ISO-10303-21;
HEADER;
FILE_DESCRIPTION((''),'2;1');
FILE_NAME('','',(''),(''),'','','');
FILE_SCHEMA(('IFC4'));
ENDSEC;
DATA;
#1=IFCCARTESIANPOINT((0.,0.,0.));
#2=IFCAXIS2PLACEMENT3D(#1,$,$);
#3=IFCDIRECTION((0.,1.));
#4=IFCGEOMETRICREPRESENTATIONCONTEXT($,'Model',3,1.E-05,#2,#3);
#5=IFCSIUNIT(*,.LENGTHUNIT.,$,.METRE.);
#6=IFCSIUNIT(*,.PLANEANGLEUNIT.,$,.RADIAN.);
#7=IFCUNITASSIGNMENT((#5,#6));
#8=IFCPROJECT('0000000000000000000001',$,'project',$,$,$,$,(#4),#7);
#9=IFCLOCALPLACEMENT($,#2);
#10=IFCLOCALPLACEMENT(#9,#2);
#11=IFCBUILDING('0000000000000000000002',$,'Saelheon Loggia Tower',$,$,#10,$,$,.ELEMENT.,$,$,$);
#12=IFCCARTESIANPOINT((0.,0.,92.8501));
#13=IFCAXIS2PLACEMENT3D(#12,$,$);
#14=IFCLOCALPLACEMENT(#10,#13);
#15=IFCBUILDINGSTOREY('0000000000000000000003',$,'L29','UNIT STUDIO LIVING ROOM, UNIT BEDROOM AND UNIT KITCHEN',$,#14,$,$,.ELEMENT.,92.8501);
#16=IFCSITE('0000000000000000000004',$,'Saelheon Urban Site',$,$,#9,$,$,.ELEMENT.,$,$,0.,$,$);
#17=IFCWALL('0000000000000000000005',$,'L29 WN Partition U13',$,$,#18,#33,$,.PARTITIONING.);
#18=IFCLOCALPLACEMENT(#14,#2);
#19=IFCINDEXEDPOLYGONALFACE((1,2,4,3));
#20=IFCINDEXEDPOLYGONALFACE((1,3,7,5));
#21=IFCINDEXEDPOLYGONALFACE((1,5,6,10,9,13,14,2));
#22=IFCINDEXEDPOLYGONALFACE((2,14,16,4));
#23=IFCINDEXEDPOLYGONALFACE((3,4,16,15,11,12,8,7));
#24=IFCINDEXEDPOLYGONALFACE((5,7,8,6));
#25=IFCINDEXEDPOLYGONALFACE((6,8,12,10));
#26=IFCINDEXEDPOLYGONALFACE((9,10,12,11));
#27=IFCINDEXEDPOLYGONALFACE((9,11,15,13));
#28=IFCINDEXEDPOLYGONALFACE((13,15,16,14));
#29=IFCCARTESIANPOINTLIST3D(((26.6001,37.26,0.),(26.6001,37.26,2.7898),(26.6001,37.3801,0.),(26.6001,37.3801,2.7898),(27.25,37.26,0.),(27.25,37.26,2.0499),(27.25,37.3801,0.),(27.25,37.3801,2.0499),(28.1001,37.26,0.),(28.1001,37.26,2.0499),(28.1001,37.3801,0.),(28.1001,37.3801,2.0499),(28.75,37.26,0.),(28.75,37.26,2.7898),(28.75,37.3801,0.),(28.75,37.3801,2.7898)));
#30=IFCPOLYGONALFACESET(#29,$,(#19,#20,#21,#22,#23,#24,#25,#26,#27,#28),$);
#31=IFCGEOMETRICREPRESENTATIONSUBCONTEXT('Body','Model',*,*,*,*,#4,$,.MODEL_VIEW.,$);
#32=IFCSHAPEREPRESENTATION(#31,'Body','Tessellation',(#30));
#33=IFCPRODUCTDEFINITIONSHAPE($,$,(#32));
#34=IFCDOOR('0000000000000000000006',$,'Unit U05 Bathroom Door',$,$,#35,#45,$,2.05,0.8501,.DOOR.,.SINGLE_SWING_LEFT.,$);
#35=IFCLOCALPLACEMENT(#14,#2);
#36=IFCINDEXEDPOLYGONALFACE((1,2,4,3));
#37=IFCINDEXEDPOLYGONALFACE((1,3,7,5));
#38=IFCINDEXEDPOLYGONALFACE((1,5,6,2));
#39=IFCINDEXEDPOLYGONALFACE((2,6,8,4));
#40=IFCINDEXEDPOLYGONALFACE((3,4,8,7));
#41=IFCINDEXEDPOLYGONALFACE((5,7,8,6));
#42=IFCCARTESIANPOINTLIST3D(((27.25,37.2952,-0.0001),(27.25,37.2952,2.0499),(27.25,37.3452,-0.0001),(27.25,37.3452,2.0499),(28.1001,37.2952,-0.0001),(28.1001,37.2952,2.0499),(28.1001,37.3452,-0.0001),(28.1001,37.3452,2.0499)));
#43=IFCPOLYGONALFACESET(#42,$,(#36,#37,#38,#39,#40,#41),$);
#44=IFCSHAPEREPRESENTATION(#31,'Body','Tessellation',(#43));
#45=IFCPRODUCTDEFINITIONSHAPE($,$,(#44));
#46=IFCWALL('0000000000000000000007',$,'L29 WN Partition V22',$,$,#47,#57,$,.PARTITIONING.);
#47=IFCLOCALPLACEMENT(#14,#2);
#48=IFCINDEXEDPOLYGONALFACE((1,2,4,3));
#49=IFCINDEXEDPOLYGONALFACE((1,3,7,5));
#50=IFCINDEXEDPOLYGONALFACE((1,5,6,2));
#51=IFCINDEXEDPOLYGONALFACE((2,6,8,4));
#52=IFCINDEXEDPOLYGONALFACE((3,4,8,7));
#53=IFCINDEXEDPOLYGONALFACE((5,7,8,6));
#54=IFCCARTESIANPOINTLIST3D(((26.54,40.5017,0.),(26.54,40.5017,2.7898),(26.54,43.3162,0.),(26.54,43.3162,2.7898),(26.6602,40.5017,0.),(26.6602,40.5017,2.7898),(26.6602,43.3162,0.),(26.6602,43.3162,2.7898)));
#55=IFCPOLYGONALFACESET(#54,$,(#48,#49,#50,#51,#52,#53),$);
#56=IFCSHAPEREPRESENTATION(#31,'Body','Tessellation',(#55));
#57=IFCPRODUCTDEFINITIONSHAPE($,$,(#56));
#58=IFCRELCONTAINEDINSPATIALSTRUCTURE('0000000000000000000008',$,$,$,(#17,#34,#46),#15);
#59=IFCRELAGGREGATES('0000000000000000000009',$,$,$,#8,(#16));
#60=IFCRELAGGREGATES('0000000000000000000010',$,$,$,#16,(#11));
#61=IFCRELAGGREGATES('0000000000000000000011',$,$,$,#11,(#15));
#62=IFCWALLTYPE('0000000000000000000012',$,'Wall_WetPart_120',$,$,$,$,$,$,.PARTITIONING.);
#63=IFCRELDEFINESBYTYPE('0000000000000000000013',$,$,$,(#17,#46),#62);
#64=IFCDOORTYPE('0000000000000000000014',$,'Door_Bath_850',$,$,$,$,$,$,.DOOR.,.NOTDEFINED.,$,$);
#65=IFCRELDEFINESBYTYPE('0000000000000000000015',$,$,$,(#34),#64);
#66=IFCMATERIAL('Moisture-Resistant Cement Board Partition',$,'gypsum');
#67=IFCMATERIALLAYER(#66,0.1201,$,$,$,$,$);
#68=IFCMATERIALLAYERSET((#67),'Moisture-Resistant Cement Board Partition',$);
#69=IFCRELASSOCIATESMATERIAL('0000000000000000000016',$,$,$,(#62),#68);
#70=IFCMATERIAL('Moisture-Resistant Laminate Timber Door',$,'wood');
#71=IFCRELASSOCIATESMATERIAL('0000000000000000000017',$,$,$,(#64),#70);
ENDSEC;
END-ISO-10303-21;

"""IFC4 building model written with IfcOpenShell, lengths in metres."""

from ifc_helpers import new_model, si_unit, direction, frame, frame_2d, origin, place, context, subcontext, project, spatial, rectangle, extrude, source, transform, mapped, material, layer, layer_set, type_object, element, fill, save


model = new_model("IFC4")

# Units and contexts
model_context = context("Model", 3, precision=1e-05, world=origin(), true_north=direction((0.0, 1.0)))
body_context = subcontext(model_context, "Body", "Model", "MODEL_VIEW")
ifc_project = project(units=[si_unit("LENGTHUNIT", "METRE"), si_unit("PLANEANGLEUNIT", "RADIAN")], contexts=[model_context])

# Site, building, storey
site_placement = place(None, origin())
site = spatial("IfcSite", under=ifc_project, at=site_placement, Name="Saelheon Urban Site", CompositionType="ELEMENT", RefElevation=0.0)
building_placement = place(site_placement, origin())
building = spatial("IfcBuilding", under=site, at=building_placement, Name="Saelheon Loggia Tower", CompositionType="ELEMENT")
storey_placement = place(building_placement, frame((0.0, 0.0, 92.8501)))
storey = spatial("IfcBuildingStorey", under=building, at=storey_placement, Name="L29", Description="UNIT STUDIO LIVING ROOM, UNIT BEDROOM AND UNIT KITCHEN", CompositionType="ELEMENT", Elevation=92.8501)

# Wall, opening, door
ifc_material_1 = material(Name="Moisture-Resistant Cement Board Partition", Category="gypsum")
ifc_layer_1 = layer(ifc_material_1, 0.1201)
ifc_layer_set_1 = layer_set([ifc_layer_1], Name="Moisture-Resistant Cement Board Partition")
wall_type_1 = type_object("IfcWallType", Name="Wall_WetPart_120", PredefinedType="PARTITIONING", material=ifc_layer_set_1)
wall_1_placement = place(storey_placement, frame((28.75, 37.3201, 0.0), z_axis=(0.0, 0.0, 1.0), x_axis=(-1.0, 0.0, 0.0)))
wall_1 = element("IfcWall", 1, at=wall_1_placement, inside=storey, type_object=wall_type_1, Name="L29 WN Partition U13", PredefinedType="PARTITIONING", context=body_context, shape_type="SweptSolid", body=[
    extrude(rectangle(XDim=2.1499, YDim=0.1201, at=frame_2d((1.075, 0.0))), origin(), (0.0, 0.0, 1.0), 2.7898),
])
opening_1_placement = place(wall_1_placement, frame((0.6499, 0.0, 0.0)))
opening_1 = element("IfcOpeningElement", 2, at=opening_1_placement, cuts=wall_1, PredefinedType="OPENING", context=body_context, shape_type="SweptSolid", body=[
    extrude(rectangle(XDim=0.8501, YDim=2.05, at=frame_2d((0.425, 1.0249))), frame((0.0, 0.072, 0.0), z_axis=(0.0, -1.0, 0.0), x_axis=(1.0, 0.0, 0.0)), (0.0, 0.0, 1.0), 0.144),
])
ifc_material_2 = material(Name="Moisture-Resistant Laminate Timber Door", Category="wood")
door_type_1 = type_object("IfcDoorType", Name="Door_Bath_850", OperationType="NOTDEFINED", PredefinedType="DOOR", material=ifc_material_2)
shared_shape_1 = source(origin(), body_context, "Body", "SweptSolid", [
    extrude(rectangle(XDim=0.8501, YDim=2.05, at=frame_2d((0.425, 1.0249))), frame((0.0, 0.0249, 0.0), z_axis=(0.0, -1.0, 0.0), x_axis=(1.0, 0.0, 0.0)), (0.0, 0.0, 1.0), 0.05),
])
door_1_placement = place(opening_1_placement, origin())
door_1 = element("IfcDoor", 3, at=door_1_placement, inside=storey, type_object=door_type_1, Name="Unit U05 Bathroom Door", OperationType="SINGLE_SWING_LEFT", OverallHeight=2.05, OverallWidth=0.8501, PredefinedType="DOOR", context=body_context, shape_type="MappedRepresentation", body=[
    mapped(shared_shape_1, transform((0.0, 0.0, 0.0), scale=1.0)),
])
fill(opening_1, door_1)

# Wall
wall_2_placement = place(storey_placement, frame((26.6001, 40.5017, 0.0), z_axis=(0.0, 0.0, 1.0), x_axis=(0.0, 1.0, 0.0)))
element("IfcWall", 4, at=wall_2_placement, inside=storey, type_object=wall_type_1, Name="L29 WN Partition V22", PredefinedType="PARTITIONING", context=body_context, shape_type="SweptSolid", body=[
    extrude(rectangle(XDim=2.8145, YDim=0.1201, at=frame_2d((1.4072, 0.0))), origin(), (0.0, 0.0, 1.0), 2.7898),
])

save(model, "model.ifc")
